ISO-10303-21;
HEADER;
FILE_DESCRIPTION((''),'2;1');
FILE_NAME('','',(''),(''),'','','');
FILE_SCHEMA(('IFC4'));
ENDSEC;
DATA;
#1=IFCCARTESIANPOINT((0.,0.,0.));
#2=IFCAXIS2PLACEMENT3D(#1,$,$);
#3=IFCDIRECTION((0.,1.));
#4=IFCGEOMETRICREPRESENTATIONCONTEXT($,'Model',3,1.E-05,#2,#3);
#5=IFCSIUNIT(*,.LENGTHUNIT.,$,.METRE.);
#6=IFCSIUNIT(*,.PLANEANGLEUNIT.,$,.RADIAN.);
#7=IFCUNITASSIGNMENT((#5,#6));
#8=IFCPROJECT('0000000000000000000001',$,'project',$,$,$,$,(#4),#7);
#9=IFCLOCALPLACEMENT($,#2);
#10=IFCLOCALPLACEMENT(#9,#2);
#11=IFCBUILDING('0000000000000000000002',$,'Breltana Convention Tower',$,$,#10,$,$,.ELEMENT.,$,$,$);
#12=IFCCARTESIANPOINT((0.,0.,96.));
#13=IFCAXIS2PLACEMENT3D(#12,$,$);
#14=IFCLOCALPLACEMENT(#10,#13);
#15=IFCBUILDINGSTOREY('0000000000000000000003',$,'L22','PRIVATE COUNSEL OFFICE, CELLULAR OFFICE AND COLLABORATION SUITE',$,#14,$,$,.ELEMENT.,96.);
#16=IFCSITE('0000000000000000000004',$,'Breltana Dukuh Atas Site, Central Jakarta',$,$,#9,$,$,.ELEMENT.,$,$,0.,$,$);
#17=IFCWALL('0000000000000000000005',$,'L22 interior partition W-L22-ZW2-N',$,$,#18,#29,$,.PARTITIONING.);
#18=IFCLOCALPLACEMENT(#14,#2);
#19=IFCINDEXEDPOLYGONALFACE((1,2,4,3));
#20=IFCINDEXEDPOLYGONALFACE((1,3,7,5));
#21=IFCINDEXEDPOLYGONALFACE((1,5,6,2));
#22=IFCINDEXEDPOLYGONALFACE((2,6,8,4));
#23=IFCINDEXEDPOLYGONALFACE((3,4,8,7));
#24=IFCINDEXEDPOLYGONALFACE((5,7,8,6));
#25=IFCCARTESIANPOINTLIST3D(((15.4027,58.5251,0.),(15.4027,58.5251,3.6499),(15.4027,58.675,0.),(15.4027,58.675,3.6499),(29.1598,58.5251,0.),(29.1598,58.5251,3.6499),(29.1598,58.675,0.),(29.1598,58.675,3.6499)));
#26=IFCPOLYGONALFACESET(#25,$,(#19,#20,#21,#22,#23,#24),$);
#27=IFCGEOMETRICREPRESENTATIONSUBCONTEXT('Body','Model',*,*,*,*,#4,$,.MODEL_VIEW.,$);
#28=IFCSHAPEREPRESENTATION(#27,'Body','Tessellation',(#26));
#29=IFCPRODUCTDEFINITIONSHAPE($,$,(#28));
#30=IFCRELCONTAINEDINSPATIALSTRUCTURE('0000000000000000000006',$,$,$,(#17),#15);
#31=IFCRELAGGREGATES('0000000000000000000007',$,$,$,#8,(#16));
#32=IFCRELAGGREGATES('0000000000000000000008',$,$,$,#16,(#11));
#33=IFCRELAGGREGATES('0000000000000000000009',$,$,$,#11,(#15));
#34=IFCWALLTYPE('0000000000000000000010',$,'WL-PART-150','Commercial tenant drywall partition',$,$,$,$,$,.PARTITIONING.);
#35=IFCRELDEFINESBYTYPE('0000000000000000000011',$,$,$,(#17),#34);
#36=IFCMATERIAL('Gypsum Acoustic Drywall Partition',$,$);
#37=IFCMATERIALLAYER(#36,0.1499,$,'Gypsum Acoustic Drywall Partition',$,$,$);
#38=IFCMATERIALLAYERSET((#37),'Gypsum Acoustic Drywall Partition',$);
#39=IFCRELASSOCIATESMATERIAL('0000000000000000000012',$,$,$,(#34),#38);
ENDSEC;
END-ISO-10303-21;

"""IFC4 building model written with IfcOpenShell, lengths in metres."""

from ifc_helpers import new_model, si_unit, direction, frame, frame_2d, origin, place, context, subcontext, project, spatial, rectangle, extrude, source, transform, mapped, material, layer, layer_set, type_object, element, save


model = new_model("IFC4")

# Units and contexts
model_context = context("Model", 3, precision=1e-05, world=origin(), true_north=direction((0.0, 1.0)))
body_context = subcontext(model_context, "Body", "Model", "MODEL_VIEW")
ifc_project = project(units=[si_unit("LENGTHUNIT", "METRE"), si_unit("PLANEANGLEUNIT", "RADIAN")], contexts=[model_context])

# Site, building, storey
site_placement = place(None, origin())
site = spatial("IfcSite", under=ifc_project, at=site_placement, Name="Breltana Dukuh Atas Site, Central Jakarta", CompositionType="ELEMENT", RefElevation=0.0)
building_placement = place(site_placement, origin())
building = spatial("IfcBuilding", under=site, at=building_placement, Name="Breltana Convention Tower", CompositionType="ELEMENT")
storey_placement = place(building_placement, frame((0.0, 0.0, 96.0)))
storey = spatial("IfcBuildingStorey", under=building, at=storey_placement, Name="L22", Description="PRIVATE COUNSEL OFFICE, CELLULAR OFFICE AND COLLABORATION SUITE", CompositionType="ELEMENT", Elevation=96.0)

# Shared definitions
ifc_material_1 = material(Name="Gypsum Acoustic Drywall Partition")
ifc_layer_1 = layer(ifc_material_1, 0.1499, Name="Gypsum Acoustic Drywall Partition")
ifc_layer_set_1 = layer_set([ifc_layer_1], Name="Gypsum Acoustic Drywall Partition")
wall_type_1 = type_object("IfcWallType", Name="WL-PART-150", Description="Commercial tenant drywall partition", PredefinedType="PARTITIONING", material=ifc_layer_set_1)

# Wall
shared_shape_1 = source(origin(), body_context, "Body", "SweptSolid", [
    extrude(rectangle(XDim=13.7571, YDim=0.1499, at=frame_2d((6.8784, 0.0))), origin(), (0.0, 0.0, 1.0), 3.6499),
])
wall_1_placement = place(storey_placement, frame((15.4028, 58.6001, 0.0), z_axis=(0.0, 0.0, 1.0), x_axis=(1.0, 0.0, 0.0)))
element("IfcWall", 1, at=wall_1_placement, inside=storey, type_object=wall_type_1, Name="L22 interior partition W-L22-ZW2-N", PredefinedType="PARTITIONING", context=body_context, shape_type="MappedRepresentation", body=[
    mapped(shared_shape_1, transform((0.0, 0.0, 0.0), scale=1.0)),
])

save(model, "model.ifc")
